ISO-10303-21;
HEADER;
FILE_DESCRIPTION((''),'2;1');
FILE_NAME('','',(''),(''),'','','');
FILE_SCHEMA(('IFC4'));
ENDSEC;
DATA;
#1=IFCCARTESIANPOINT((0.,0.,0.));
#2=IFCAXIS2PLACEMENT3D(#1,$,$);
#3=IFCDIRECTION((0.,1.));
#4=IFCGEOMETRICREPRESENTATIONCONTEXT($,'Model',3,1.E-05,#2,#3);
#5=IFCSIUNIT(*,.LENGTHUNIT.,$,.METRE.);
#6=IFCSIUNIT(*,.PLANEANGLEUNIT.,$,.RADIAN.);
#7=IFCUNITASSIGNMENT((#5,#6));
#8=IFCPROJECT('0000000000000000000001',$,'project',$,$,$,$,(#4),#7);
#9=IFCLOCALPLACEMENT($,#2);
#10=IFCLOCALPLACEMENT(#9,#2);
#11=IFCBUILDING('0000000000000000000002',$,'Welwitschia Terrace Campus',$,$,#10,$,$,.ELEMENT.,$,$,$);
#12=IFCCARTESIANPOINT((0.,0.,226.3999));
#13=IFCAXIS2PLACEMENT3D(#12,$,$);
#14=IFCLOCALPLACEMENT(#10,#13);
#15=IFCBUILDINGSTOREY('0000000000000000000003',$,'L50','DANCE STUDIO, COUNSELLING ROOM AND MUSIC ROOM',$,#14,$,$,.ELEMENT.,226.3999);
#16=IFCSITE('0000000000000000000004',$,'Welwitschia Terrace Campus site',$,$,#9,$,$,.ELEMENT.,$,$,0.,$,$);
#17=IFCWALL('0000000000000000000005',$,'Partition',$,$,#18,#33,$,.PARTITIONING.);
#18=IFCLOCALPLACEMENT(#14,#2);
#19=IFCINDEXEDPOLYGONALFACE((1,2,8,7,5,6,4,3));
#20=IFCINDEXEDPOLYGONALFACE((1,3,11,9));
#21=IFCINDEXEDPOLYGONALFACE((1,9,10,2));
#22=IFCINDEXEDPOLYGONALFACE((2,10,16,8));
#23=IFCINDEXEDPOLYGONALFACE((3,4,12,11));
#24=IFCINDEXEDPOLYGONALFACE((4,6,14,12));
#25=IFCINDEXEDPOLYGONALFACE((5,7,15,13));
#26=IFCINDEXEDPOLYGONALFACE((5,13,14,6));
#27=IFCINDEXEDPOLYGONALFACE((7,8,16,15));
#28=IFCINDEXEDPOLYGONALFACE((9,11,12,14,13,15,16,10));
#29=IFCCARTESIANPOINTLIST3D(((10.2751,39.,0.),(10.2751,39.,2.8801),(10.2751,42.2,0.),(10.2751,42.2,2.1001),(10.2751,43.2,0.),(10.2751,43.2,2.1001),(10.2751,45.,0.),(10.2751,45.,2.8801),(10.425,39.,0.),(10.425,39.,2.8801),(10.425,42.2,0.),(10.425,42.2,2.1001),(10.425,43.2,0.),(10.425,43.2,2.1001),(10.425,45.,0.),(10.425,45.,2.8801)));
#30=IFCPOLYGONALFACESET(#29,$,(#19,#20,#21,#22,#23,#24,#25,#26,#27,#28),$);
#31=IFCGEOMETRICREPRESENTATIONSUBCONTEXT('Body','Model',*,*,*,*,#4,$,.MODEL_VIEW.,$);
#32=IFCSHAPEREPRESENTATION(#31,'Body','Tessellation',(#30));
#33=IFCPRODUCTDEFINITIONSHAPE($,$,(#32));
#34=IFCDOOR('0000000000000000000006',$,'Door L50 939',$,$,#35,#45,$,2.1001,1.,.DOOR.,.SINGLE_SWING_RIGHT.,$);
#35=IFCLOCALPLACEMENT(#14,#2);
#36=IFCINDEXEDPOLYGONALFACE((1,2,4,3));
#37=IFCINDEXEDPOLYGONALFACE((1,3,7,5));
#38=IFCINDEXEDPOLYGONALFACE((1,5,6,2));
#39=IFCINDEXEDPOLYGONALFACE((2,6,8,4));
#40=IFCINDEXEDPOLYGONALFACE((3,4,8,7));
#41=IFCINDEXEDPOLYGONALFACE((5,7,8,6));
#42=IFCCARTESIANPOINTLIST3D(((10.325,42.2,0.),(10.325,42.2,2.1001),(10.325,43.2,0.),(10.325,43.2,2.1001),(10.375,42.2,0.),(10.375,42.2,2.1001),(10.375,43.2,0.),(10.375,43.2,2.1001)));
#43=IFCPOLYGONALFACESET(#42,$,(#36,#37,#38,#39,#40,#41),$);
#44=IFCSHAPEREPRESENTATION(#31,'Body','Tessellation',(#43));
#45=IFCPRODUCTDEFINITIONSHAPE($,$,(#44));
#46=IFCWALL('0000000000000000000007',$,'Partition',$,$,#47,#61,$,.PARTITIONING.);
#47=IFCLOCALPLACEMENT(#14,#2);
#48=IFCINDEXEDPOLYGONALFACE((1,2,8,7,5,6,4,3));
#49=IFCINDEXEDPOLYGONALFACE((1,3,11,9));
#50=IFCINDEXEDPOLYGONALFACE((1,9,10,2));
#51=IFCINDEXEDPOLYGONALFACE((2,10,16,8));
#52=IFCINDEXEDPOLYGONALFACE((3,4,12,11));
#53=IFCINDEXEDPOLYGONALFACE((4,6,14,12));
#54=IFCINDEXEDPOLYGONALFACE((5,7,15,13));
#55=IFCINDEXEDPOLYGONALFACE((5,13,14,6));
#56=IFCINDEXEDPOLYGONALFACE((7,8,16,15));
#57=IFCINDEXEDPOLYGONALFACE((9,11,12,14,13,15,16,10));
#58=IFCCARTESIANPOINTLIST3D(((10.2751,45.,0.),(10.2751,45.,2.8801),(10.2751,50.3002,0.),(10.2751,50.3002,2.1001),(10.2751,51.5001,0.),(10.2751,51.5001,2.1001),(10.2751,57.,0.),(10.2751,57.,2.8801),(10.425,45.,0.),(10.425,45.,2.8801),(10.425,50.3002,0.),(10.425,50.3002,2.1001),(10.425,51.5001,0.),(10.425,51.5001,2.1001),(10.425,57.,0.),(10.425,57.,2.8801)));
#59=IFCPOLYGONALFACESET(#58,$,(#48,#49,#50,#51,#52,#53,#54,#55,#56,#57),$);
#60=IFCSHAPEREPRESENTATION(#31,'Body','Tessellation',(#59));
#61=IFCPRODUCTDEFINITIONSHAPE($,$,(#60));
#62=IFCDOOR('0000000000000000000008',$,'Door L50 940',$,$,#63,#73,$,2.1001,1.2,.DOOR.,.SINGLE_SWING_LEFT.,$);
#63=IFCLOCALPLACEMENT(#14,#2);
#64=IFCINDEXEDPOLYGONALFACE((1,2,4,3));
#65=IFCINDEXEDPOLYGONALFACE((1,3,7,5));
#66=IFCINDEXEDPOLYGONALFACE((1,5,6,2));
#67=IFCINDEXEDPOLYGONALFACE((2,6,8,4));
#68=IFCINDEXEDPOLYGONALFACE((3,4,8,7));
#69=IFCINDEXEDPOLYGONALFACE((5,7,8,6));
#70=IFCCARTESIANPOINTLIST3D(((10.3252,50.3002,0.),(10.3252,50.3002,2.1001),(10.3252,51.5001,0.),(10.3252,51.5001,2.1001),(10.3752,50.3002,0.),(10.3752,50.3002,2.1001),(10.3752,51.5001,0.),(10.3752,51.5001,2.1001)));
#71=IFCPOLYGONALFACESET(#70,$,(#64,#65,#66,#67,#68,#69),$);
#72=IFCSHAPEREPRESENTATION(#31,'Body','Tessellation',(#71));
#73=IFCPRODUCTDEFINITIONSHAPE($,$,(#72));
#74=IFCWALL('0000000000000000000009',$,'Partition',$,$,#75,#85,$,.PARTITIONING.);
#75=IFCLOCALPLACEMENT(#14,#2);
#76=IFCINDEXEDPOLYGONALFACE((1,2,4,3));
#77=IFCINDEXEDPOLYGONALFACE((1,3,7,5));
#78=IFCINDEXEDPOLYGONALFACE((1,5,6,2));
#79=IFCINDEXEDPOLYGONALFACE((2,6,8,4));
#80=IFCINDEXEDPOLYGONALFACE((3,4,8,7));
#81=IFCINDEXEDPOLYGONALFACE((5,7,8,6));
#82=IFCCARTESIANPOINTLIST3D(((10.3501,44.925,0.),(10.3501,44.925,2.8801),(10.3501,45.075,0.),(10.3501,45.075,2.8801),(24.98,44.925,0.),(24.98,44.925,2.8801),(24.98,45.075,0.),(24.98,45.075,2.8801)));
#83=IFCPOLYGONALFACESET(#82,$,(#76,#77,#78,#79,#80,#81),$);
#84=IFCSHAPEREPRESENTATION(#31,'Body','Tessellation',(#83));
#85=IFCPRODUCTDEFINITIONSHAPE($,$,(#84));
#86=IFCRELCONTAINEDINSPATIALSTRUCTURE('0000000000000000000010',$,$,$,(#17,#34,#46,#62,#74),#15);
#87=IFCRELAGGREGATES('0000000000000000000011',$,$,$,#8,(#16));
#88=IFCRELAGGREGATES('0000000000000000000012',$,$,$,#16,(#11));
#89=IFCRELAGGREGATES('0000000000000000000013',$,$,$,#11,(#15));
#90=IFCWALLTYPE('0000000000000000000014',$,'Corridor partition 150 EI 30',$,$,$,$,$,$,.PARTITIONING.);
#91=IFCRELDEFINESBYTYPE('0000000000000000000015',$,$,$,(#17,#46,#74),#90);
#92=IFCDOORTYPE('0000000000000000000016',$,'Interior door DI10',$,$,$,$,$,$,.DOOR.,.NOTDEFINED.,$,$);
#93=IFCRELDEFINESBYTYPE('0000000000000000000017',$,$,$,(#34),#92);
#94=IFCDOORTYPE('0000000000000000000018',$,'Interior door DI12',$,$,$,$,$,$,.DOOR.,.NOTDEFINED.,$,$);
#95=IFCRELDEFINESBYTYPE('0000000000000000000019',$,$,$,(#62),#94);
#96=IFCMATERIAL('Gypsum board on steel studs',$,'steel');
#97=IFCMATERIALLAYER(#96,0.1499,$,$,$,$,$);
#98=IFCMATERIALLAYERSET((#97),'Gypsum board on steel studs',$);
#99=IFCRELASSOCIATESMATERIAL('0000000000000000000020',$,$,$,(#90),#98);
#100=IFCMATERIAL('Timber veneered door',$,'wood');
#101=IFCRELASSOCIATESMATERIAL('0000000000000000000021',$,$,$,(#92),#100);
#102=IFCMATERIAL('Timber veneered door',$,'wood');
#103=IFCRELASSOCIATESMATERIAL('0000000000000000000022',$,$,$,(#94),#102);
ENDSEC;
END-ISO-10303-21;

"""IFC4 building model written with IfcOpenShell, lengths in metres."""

from ifc_helpers import new_model, si_unit, direction, frame, frame_2d, origin, place, context, subcontext, project, spatial, rectangle, extrude, material, layer, layer_set, type_object, element, fill, save


model = new_model("IFC4")

# Units and contexts
model_context = context("Model", 3, precision=1e-05, world=origin(), true_north=direction((0.0, 1.0)))
body_context = subcontext(model_context, "Body", "Model", "MODEL_VIEW")
ifc_project = project(units=[si_unit("LENGTHUNIT", "METRE"), si_unit("PLANEANGLEUNIT", "RADIAN")], contexts=[model_context])

# Site, building, storey
site_placement = place(None, origin())
site = spatial("IfcSite", under=ifc_project, at=site_placement, Name="Welwitschia Terrace Campus site", CompositionType="ELEMENT", RefElevation=0.0)
building_placement = place(site_placement, origin())
building = spatial("IfcBuilding", under=site, at=building_placement, Name="Welwitschia Terrace Campus", CompositionType="ELEMENT")
storey_placement = place(building_placement, frame((0.0, 0.0, 226.3999)))
storey = spatial("IfcBuildingStorey", under=building, at=storey_placement, Name="L50", Description="DANCE STUDIO, COUNSELLING ROOM AND MUSIC ROOM", CompositionType="ELEMENT", Elevation=226.3999)

# Shared definitions
ifc_material_1 = material(Name="Gypsum board on steel studs", Category="steel")
ifc_layer_1 = layer(ifc_material_1, 0.1499)
ifc_layer_set_1 = layer_set([ifc_layer_1], Name="Gypsum board on steel studs")
wall_type = type_object("IfcWallType", Name="Corridor partition 150 EI 30", PredefinedType="PARTITIONING", material=ifc_layer_set_1)

# Shared definitions
ifc_material_2 = material(Name="Timber veneered door", Category="wood")
door_type_1 = type_object("IfcDoorType", Name="Interior door DI10", OperationType="NOTDEFINED", PredefinedType="DOOR", material=ifc_material_2)

# Walls, openings, doors
wall_1_placement = place(storey_placement, frame((10.3501, 45.0, 0.0), z_axis=(0.0, 0.0, 1.0), x_axis=(0.0, -1.0, 0.0)))
wall_1 = element("IfcWall", 1, at=wall_1_placement, inside=storey, type_object=wall_type, Name="Partition", PredefinedType="PARTITIONING", context=body_context, shape_type="SweptSolid", body=[
    extrude(rectangle(XDim=6.0, YDim=0.1499, at=frame_2d((3.0, 0.0))), origin(), (0.0, 0.0, 1.0), 2.8801),
])
opening_1_placement = place(wall_1_placement, frame((1.8, 0.0, 0.0)))
opening_1 = element("IfcOpeningElement", 2, at=opening_1_placement, cuts=wall_1, PredefinedType="OPENING", context=body_context, shape_type="SweptSolid", body=[
    extrude(rectangle(XDim=1.0, YDim=2.1001, at=frame_2d((0.5, 1.05))), frame((0.0, 0.085, 0.0), z_axis=(0.0, -1.0, 0.0), x_axis=(1.0, 0.0, 0.0)), (0.0, 0.0, 1.0), 0.1699),
])
door_1_placement = place(opening_1_placement, origin())
door_1 = element("IfcDoor", 3, at=door_1_placement, inside=storey, type_object=door_type_1, Name="Door L50 939", OperationType="SINGLE_SWING_RIGHT", OverallHeight=2.1001, OverallWidth=1.0, PredefinedType="DOOR", context=body_context, shape_type="SweptSolid", body=[
    extrude(rectangle(XDim=1.0, YDim=2.1001, at=frame_2d((0.5, 1.05))), frame((0.0, 0.0249, 0.0), z_axis=(0.0, -1.0, 0.0), x_axis=(1.0, 0.0, 0.0)), (0.0, 0.0, 1.0), 0.05),
])
fill(opening_1, door_1)
wall_2_placement = place(storey_placement, frame((10.3501, 45.0, 0.0), z_axis=(0.0, 0.0, 1.0), x_axis=(0.0, 1.0, 0.0)))
wall_2 = element("IfcWall", 4, at=wall_2_placement, inside=storey, type_object=wall_type, Name="Partition", PredefinedType="PARTITIONING", context=body_context, shape_type="SweptSolid", body=[
    extrude(rectangle(XDim=12.0, YDim=0.1499, at=frame_2d((6.0, 0.0))), origin(), (0.0, 0.0, 1.0), 2.8801),
])
opening_2_placement = place(wall_2_placement, frame((5.3, 0.0, 0.0)))
opening_2 = element("IfcOpeningElement", 5, at=opening_2_placement, cuts=wall_2, PredefinedType="OPENING", context=body_context, shape_type="SweptSolid", body=[
    extrude(rectangle(XDim=1.2, YDim=2.1001, at=frame_2d((0.6001, 1.05))), frame((0.0, 0.085, 0.0), z_axis=(0.0, -1.0, 0.0), x_axis=(1.0, 0.0, 0.0)), (0.0, 0.0, 1.0), 0.1699),
])
ifc_material_3 = material(Name="Timber veneered door", Category="wood")
door_type_2 = type_object("IfcDoorType", Name="Interior door DI12", OperationType="NOTDEFINED", PredefinedType="DOOR", material=ifc_material_3)
door_2_placement = place(opening_2_placement, origin())
door_2 = element("IfcDoor", 6, at=door_2_placement, inside=storey, type_object=door_type_2, Name="Door L50 940", OperationType="SINGLE_SWING_LEFT", OverallHeight=2.1001, OverallWidth=1.2, PredefinedType="DOOR", context=body_context, shape_type="SweptSolid", body=[
    extrude(rectangle(XDim=1.2, YDim=2.1001, at=frame_2d((0.6001, 1.05))), frame((0.0, 0.0249, 0.0), z_axis=(0.0, -1.0, 0.0), x_axis=(1.0, 0.0, 0.0)), (0.0, 0.0, 1.0), 0.05),
])
fill(opening_2, door_2)

# Wall
wall_3_placement = place(storey_placement, frame((10.3501, 45.0, 0.0), z_axis=(0.0, 0.0, 1.0), x_axis=(1.0, 0.0, 0.0)))
element("IfcWall", 7, at=wall_3_placement, inside=storey, type_object=wall_type, Name="Partition", PredefinedType="PARTITIONING", context=body_context, shape_type="SweptSolid", body=[
    extrude(rectangle(XDim=14.6299, YDim=0.1499, at=frame_2d((7.3149, 0.0))), origin(), (0.0, 0.0, 1.0), 2.8801),
])

save(model, "model.ifc")
